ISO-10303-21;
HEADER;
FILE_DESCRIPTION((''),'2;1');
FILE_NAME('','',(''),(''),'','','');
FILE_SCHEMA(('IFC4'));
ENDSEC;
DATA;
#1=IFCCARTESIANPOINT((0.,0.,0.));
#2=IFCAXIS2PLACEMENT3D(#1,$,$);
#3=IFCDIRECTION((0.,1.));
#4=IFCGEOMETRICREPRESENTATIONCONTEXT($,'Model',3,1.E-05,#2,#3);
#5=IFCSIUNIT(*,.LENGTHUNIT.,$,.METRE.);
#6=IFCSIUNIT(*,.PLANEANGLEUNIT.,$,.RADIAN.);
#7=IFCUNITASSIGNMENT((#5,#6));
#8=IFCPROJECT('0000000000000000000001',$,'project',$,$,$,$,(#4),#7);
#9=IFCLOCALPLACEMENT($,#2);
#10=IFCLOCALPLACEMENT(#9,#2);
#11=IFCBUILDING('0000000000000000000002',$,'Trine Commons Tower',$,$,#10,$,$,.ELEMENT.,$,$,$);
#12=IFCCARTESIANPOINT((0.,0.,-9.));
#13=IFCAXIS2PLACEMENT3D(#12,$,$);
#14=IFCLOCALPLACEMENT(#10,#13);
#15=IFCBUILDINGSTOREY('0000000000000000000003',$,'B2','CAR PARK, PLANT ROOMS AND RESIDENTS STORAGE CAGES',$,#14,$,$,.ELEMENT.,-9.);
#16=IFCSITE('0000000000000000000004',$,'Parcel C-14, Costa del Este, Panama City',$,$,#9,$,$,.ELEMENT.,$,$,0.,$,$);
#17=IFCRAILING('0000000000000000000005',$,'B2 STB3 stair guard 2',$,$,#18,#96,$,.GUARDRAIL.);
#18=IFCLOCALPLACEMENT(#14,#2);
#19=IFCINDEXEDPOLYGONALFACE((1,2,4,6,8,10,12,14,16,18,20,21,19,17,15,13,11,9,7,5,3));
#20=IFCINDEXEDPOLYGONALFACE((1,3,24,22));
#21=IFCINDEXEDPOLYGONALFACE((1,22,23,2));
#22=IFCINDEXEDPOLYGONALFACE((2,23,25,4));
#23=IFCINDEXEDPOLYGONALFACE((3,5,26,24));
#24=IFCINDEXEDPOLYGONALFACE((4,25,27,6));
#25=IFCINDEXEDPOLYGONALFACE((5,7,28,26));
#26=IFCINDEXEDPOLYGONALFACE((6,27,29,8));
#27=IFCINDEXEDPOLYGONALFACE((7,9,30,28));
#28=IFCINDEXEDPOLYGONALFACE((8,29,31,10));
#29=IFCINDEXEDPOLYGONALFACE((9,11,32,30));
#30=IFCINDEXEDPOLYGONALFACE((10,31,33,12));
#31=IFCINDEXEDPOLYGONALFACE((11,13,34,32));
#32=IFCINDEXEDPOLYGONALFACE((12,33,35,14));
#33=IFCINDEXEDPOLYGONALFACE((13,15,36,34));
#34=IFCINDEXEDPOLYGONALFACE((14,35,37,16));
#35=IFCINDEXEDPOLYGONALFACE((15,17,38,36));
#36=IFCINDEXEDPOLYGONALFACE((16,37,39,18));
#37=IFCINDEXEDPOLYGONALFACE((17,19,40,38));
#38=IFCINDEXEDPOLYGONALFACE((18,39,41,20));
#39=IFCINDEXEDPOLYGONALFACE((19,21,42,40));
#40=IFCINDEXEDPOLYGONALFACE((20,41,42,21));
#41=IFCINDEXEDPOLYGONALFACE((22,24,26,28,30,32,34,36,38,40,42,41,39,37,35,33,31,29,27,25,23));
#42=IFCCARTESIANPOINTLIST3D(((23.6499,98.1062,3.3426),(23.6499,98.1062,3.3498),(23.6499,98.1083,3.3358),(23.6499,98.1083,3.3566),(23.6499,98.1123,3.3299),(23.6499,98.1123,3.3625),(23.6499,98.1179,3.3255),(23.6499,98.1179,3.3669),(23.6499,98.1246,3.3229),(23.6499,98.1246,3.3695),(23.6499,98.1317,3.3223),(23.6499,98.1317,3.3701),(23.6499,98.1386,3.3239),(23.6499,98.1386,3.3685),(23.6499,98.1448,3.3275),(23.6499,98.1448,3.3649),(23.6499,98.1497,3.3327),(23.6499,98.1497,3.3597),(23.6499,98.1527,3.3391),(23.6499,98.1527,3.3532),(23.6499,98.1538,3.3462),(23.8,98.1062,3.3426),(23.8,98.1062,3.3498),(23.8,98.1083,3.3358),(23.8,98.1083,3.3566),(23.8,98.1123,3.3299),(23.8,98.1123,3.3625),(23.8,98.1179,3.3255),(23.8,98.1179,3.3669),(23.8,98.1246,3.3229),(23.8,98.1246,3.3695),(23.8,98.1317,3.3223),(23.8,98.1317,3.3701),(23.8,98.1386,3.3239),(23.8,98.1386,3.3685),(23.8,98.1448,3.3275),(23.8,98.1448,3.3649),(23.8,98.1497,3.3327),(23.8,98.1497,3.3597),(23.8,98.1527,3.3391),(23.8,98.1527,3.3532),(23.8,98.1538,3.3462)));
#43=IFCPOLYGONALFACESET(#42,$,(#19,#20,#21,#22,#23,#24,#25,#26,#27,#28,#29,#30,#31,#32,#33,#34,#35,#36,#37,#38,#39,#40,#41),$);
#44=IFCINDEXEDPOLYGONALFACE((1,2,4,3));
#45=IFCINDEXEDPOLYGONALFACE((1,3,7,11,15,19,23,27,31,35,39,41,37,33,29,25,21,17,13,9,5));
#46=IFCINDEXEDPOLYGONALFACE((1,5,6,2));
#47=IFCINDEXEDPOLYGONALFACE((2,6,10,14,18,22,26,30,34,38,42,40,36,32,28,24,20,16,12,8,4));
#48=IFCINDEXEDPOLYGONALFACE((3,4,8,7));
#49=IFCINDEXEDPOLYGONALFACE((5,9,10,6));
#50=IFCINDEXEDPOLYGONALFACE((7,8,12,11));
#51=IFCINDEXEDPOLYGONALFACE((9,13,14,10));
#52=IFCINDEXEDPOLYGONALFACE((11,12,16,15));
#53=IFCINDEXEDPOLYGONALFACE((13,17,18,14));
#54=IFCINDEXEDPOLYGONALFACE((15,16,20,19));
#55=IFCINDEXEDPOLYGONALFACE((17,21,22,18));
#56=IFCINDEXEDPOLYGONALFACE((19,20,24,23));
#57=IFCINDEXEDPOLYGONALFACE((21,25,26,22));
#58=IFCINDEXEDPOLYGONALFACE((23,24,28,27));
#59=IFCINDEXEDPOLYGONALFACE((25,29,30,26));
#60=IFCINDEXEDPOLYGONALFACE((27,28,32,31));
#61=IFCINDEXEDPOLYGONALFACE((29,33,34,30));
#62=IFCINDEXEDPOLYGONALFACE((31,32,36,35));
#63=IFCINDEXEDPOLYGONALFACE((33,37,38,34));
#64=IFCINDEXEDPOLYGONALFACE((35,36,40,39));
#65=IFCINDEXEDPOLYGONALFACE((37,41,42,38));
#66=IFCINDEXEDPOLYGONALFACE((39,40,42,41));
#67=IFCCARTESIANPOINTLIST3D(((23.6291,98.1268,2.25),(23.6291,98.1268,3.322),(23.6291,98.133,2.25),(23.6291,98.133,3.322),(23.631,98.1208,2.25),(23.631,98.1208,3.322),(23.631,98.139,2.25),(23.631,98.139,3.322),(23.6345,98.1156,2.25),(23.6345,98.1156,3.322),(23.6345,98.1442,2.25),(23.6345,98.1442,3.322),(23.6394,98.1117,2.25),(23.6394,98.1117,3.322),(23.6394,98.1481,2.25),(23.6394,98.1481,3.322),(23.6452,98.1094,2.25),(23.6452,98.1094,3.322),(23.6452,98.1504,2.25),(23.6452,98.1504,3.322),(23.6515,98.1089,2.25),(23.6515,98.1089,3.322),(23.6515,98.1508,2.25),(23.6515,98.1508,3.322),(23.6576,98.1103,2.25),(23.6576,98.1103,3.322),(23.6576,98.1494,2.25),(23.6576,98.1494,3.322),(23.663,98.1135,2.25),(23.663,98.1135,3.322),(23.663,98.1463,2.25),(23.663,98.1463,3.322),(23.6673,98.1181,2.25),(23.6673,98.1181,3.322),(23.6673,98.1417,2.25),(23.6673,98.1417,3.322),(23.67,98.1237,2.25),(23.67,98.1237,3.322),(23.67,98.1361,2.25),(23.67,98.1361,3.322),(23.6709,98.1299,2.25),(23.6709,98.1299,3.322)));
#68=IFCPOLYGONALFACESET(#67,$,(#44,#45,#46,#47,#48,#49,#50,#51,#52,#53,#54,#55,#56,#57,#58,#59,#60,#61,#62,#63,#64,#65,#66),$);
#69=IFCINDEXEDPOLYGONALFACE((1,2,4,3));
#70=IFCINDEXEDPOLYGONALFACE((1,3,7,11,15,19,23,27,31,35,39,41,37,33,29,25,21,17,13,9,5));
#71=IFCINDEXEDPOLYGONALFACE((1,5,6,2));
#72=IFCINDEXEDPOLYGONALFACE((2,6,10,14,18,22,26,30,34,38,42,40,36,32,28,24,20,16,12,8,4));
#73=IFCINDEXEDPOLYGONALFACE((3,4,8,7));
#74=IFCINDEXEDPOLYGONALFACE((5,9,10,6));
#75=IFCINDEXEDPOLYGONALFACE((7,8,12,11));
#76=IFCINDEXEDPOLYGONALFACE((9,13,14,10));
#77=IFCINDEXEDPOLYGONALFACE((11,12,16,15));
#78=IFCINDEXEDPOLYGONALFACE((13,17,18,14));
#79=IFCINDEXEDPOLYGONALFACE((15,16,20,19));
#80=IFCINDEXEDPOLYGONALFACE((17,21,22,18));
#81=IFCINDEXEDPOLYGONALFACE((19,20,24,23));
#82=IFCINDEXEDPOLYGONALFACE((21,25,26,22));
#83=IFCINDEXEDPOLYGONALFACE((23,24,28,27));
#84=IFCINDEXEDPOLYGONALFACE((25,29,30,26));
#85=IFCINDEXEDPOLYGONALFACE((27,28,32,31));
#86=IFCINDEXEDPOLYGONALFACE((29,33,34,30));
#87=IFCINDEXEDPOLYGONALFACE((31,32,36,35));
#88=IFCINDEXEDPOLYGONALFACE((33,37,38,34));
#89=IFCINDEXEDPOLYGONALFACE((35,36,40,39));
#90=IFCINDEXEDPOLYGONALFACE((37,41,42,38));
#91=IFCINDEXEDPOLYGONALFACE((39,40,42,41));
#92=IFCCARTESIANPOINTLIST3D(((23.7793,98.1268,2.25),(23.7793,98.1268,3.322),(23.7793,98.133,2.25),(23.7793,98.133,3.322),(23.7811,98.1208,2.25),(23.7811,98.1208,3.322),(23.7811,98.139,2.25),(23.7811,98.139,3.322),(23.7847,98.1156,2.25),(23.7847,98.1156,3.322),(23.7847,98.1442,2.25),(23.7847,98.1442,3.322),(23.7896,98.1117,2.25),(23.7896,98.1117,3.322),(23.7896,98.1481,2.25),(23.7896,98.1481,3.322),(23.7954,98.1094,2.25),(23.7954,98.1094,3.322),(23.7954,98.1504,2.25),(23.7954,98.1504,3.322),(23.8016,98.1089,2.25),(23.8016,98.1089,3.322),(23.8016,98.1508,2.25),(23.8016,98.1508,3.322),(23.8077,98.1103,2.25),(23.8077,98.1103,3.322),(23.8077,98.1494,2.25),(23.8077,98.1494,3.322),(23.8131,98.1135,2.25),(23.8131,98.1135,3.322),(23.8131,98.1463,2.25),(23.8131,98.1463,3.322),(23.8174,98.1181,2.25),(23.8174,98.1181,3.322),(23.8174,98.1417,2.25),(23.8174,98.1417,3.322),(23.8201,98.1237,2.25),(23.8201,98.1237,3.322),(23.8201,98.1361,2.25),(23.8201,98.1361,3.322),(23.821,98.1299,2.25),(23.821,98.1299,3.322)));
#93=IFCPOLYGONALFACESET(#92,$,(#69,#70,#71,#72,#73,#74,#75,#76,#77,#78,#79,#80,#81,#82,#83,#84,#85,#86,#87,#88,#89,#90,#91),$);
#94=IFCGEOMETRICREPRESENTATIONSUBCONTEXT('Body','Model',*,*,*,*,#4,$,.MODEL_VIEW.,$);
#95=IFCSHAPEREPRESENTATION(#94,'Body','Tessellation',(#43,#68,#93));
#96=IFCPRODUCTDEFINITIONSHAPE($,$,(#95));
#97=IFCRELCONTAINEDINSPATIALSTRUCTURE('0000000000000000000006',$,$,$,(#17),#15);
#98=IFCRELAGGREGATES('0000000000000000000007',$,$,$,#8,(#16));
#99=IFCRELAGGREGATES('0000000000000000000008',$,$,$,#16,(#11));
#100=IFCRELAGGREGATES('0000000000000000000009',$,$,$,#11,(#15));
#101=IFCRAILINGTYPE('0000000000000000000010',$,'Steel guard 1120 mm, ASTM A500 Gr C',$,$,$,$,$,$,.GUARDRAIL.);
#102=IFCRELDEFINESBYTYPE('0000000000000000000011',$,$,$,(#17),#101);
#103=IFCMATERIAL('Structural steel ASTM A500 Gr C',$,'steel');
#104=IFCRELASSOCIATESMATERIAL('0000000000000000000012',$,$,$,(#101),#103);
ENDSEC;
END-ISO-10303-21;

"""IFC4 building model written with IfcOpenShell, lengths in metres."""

from ifc_helpers import new_model, si_unit, direction, frame, origin, origin_2d, place, context, subcontext, project, spatial, circle, extrude, material, type_object, element, save


model = new_model("IFC4")

# Units and contexts
model_context = context("Model", 3, precision=1e-05, world=origin(), true_north=direction((0.0, 1.0)))
body_context = subcontext(model_context, "Body", "Model", "MODEL_VIEW")
ifc_project = project(units=[si_unit("LENGTHUNIT", "METRE"), si_unit("PLANEANGLEUNIT", "RADIAN")], contexts=[model_context])

# Site, building, storey
site_placement = place(None, origin())
site = spatial("IfcSite", under=ifc_project, at=site_placement, Name="Parcel C-14, Costa del Este, Panama City", CompositionType="ELEMENT", RefElevation=0.0)
building_placement = place(site_placement, origin())
building = spatial("IfcBuilding", under=site, at=building_placement, Name="Trine Commons Tower", CompositionType="ELEMENT")
storey_placement = place(building_placement, frame((0.0, 0.0, -9.0)))
storey = spatial("IfcBuildingStorey", under=building, at=storey_placement, Name="B2", Description="CAR PARK, PLANT ROOMS AND RESIDENTS STORAGE CAGES", CompositionType="ELEMENT", Elevation=-9.0)

# Railing
ifc_material_1 = material(Name="Structural steel ASTM A500 Gr C", Category="steel")
railing_type_1 = type_object("IfcRailingType", Name="Steel guard 1120 mm, ASTM A500 Gr C", PredefinedType="GUARDRAIL", material=ifc_material_1)
railing_1_placement = place(storey_placement, frame((23.6499, 98.1299, 2.25)))
element("IfcRailing", 1, at=railing_1_placement, inside=storey, type_object=railing_type_1, Name="B2 STB3 stair guard 2", PredefinedType="GUARDRAIL", context=body_context, shape_type="SweptSolid", body=[
    extrude(circle(Radius=0.0239, at=origin_2d()), frame((0.0, 0.0, 1.0962), z_axis=(1.0, 0.0, 0.0), x_axis=(0.0, 1.0, 0.0)), (0.0, 0.0, 1.0), 0.1501),
    extrude(circle(Radius=0.021, at=origin_2d()), origin(), (0.0, 0.0, 1.0), 1.072),
    extrude(circle(Radius=0.021, at=origin_2d()), frame((0.1501, 0.0, 0.0)), (0.0, 0.0, 1.0), 1.072),
])

save(model, "model.ifc")
